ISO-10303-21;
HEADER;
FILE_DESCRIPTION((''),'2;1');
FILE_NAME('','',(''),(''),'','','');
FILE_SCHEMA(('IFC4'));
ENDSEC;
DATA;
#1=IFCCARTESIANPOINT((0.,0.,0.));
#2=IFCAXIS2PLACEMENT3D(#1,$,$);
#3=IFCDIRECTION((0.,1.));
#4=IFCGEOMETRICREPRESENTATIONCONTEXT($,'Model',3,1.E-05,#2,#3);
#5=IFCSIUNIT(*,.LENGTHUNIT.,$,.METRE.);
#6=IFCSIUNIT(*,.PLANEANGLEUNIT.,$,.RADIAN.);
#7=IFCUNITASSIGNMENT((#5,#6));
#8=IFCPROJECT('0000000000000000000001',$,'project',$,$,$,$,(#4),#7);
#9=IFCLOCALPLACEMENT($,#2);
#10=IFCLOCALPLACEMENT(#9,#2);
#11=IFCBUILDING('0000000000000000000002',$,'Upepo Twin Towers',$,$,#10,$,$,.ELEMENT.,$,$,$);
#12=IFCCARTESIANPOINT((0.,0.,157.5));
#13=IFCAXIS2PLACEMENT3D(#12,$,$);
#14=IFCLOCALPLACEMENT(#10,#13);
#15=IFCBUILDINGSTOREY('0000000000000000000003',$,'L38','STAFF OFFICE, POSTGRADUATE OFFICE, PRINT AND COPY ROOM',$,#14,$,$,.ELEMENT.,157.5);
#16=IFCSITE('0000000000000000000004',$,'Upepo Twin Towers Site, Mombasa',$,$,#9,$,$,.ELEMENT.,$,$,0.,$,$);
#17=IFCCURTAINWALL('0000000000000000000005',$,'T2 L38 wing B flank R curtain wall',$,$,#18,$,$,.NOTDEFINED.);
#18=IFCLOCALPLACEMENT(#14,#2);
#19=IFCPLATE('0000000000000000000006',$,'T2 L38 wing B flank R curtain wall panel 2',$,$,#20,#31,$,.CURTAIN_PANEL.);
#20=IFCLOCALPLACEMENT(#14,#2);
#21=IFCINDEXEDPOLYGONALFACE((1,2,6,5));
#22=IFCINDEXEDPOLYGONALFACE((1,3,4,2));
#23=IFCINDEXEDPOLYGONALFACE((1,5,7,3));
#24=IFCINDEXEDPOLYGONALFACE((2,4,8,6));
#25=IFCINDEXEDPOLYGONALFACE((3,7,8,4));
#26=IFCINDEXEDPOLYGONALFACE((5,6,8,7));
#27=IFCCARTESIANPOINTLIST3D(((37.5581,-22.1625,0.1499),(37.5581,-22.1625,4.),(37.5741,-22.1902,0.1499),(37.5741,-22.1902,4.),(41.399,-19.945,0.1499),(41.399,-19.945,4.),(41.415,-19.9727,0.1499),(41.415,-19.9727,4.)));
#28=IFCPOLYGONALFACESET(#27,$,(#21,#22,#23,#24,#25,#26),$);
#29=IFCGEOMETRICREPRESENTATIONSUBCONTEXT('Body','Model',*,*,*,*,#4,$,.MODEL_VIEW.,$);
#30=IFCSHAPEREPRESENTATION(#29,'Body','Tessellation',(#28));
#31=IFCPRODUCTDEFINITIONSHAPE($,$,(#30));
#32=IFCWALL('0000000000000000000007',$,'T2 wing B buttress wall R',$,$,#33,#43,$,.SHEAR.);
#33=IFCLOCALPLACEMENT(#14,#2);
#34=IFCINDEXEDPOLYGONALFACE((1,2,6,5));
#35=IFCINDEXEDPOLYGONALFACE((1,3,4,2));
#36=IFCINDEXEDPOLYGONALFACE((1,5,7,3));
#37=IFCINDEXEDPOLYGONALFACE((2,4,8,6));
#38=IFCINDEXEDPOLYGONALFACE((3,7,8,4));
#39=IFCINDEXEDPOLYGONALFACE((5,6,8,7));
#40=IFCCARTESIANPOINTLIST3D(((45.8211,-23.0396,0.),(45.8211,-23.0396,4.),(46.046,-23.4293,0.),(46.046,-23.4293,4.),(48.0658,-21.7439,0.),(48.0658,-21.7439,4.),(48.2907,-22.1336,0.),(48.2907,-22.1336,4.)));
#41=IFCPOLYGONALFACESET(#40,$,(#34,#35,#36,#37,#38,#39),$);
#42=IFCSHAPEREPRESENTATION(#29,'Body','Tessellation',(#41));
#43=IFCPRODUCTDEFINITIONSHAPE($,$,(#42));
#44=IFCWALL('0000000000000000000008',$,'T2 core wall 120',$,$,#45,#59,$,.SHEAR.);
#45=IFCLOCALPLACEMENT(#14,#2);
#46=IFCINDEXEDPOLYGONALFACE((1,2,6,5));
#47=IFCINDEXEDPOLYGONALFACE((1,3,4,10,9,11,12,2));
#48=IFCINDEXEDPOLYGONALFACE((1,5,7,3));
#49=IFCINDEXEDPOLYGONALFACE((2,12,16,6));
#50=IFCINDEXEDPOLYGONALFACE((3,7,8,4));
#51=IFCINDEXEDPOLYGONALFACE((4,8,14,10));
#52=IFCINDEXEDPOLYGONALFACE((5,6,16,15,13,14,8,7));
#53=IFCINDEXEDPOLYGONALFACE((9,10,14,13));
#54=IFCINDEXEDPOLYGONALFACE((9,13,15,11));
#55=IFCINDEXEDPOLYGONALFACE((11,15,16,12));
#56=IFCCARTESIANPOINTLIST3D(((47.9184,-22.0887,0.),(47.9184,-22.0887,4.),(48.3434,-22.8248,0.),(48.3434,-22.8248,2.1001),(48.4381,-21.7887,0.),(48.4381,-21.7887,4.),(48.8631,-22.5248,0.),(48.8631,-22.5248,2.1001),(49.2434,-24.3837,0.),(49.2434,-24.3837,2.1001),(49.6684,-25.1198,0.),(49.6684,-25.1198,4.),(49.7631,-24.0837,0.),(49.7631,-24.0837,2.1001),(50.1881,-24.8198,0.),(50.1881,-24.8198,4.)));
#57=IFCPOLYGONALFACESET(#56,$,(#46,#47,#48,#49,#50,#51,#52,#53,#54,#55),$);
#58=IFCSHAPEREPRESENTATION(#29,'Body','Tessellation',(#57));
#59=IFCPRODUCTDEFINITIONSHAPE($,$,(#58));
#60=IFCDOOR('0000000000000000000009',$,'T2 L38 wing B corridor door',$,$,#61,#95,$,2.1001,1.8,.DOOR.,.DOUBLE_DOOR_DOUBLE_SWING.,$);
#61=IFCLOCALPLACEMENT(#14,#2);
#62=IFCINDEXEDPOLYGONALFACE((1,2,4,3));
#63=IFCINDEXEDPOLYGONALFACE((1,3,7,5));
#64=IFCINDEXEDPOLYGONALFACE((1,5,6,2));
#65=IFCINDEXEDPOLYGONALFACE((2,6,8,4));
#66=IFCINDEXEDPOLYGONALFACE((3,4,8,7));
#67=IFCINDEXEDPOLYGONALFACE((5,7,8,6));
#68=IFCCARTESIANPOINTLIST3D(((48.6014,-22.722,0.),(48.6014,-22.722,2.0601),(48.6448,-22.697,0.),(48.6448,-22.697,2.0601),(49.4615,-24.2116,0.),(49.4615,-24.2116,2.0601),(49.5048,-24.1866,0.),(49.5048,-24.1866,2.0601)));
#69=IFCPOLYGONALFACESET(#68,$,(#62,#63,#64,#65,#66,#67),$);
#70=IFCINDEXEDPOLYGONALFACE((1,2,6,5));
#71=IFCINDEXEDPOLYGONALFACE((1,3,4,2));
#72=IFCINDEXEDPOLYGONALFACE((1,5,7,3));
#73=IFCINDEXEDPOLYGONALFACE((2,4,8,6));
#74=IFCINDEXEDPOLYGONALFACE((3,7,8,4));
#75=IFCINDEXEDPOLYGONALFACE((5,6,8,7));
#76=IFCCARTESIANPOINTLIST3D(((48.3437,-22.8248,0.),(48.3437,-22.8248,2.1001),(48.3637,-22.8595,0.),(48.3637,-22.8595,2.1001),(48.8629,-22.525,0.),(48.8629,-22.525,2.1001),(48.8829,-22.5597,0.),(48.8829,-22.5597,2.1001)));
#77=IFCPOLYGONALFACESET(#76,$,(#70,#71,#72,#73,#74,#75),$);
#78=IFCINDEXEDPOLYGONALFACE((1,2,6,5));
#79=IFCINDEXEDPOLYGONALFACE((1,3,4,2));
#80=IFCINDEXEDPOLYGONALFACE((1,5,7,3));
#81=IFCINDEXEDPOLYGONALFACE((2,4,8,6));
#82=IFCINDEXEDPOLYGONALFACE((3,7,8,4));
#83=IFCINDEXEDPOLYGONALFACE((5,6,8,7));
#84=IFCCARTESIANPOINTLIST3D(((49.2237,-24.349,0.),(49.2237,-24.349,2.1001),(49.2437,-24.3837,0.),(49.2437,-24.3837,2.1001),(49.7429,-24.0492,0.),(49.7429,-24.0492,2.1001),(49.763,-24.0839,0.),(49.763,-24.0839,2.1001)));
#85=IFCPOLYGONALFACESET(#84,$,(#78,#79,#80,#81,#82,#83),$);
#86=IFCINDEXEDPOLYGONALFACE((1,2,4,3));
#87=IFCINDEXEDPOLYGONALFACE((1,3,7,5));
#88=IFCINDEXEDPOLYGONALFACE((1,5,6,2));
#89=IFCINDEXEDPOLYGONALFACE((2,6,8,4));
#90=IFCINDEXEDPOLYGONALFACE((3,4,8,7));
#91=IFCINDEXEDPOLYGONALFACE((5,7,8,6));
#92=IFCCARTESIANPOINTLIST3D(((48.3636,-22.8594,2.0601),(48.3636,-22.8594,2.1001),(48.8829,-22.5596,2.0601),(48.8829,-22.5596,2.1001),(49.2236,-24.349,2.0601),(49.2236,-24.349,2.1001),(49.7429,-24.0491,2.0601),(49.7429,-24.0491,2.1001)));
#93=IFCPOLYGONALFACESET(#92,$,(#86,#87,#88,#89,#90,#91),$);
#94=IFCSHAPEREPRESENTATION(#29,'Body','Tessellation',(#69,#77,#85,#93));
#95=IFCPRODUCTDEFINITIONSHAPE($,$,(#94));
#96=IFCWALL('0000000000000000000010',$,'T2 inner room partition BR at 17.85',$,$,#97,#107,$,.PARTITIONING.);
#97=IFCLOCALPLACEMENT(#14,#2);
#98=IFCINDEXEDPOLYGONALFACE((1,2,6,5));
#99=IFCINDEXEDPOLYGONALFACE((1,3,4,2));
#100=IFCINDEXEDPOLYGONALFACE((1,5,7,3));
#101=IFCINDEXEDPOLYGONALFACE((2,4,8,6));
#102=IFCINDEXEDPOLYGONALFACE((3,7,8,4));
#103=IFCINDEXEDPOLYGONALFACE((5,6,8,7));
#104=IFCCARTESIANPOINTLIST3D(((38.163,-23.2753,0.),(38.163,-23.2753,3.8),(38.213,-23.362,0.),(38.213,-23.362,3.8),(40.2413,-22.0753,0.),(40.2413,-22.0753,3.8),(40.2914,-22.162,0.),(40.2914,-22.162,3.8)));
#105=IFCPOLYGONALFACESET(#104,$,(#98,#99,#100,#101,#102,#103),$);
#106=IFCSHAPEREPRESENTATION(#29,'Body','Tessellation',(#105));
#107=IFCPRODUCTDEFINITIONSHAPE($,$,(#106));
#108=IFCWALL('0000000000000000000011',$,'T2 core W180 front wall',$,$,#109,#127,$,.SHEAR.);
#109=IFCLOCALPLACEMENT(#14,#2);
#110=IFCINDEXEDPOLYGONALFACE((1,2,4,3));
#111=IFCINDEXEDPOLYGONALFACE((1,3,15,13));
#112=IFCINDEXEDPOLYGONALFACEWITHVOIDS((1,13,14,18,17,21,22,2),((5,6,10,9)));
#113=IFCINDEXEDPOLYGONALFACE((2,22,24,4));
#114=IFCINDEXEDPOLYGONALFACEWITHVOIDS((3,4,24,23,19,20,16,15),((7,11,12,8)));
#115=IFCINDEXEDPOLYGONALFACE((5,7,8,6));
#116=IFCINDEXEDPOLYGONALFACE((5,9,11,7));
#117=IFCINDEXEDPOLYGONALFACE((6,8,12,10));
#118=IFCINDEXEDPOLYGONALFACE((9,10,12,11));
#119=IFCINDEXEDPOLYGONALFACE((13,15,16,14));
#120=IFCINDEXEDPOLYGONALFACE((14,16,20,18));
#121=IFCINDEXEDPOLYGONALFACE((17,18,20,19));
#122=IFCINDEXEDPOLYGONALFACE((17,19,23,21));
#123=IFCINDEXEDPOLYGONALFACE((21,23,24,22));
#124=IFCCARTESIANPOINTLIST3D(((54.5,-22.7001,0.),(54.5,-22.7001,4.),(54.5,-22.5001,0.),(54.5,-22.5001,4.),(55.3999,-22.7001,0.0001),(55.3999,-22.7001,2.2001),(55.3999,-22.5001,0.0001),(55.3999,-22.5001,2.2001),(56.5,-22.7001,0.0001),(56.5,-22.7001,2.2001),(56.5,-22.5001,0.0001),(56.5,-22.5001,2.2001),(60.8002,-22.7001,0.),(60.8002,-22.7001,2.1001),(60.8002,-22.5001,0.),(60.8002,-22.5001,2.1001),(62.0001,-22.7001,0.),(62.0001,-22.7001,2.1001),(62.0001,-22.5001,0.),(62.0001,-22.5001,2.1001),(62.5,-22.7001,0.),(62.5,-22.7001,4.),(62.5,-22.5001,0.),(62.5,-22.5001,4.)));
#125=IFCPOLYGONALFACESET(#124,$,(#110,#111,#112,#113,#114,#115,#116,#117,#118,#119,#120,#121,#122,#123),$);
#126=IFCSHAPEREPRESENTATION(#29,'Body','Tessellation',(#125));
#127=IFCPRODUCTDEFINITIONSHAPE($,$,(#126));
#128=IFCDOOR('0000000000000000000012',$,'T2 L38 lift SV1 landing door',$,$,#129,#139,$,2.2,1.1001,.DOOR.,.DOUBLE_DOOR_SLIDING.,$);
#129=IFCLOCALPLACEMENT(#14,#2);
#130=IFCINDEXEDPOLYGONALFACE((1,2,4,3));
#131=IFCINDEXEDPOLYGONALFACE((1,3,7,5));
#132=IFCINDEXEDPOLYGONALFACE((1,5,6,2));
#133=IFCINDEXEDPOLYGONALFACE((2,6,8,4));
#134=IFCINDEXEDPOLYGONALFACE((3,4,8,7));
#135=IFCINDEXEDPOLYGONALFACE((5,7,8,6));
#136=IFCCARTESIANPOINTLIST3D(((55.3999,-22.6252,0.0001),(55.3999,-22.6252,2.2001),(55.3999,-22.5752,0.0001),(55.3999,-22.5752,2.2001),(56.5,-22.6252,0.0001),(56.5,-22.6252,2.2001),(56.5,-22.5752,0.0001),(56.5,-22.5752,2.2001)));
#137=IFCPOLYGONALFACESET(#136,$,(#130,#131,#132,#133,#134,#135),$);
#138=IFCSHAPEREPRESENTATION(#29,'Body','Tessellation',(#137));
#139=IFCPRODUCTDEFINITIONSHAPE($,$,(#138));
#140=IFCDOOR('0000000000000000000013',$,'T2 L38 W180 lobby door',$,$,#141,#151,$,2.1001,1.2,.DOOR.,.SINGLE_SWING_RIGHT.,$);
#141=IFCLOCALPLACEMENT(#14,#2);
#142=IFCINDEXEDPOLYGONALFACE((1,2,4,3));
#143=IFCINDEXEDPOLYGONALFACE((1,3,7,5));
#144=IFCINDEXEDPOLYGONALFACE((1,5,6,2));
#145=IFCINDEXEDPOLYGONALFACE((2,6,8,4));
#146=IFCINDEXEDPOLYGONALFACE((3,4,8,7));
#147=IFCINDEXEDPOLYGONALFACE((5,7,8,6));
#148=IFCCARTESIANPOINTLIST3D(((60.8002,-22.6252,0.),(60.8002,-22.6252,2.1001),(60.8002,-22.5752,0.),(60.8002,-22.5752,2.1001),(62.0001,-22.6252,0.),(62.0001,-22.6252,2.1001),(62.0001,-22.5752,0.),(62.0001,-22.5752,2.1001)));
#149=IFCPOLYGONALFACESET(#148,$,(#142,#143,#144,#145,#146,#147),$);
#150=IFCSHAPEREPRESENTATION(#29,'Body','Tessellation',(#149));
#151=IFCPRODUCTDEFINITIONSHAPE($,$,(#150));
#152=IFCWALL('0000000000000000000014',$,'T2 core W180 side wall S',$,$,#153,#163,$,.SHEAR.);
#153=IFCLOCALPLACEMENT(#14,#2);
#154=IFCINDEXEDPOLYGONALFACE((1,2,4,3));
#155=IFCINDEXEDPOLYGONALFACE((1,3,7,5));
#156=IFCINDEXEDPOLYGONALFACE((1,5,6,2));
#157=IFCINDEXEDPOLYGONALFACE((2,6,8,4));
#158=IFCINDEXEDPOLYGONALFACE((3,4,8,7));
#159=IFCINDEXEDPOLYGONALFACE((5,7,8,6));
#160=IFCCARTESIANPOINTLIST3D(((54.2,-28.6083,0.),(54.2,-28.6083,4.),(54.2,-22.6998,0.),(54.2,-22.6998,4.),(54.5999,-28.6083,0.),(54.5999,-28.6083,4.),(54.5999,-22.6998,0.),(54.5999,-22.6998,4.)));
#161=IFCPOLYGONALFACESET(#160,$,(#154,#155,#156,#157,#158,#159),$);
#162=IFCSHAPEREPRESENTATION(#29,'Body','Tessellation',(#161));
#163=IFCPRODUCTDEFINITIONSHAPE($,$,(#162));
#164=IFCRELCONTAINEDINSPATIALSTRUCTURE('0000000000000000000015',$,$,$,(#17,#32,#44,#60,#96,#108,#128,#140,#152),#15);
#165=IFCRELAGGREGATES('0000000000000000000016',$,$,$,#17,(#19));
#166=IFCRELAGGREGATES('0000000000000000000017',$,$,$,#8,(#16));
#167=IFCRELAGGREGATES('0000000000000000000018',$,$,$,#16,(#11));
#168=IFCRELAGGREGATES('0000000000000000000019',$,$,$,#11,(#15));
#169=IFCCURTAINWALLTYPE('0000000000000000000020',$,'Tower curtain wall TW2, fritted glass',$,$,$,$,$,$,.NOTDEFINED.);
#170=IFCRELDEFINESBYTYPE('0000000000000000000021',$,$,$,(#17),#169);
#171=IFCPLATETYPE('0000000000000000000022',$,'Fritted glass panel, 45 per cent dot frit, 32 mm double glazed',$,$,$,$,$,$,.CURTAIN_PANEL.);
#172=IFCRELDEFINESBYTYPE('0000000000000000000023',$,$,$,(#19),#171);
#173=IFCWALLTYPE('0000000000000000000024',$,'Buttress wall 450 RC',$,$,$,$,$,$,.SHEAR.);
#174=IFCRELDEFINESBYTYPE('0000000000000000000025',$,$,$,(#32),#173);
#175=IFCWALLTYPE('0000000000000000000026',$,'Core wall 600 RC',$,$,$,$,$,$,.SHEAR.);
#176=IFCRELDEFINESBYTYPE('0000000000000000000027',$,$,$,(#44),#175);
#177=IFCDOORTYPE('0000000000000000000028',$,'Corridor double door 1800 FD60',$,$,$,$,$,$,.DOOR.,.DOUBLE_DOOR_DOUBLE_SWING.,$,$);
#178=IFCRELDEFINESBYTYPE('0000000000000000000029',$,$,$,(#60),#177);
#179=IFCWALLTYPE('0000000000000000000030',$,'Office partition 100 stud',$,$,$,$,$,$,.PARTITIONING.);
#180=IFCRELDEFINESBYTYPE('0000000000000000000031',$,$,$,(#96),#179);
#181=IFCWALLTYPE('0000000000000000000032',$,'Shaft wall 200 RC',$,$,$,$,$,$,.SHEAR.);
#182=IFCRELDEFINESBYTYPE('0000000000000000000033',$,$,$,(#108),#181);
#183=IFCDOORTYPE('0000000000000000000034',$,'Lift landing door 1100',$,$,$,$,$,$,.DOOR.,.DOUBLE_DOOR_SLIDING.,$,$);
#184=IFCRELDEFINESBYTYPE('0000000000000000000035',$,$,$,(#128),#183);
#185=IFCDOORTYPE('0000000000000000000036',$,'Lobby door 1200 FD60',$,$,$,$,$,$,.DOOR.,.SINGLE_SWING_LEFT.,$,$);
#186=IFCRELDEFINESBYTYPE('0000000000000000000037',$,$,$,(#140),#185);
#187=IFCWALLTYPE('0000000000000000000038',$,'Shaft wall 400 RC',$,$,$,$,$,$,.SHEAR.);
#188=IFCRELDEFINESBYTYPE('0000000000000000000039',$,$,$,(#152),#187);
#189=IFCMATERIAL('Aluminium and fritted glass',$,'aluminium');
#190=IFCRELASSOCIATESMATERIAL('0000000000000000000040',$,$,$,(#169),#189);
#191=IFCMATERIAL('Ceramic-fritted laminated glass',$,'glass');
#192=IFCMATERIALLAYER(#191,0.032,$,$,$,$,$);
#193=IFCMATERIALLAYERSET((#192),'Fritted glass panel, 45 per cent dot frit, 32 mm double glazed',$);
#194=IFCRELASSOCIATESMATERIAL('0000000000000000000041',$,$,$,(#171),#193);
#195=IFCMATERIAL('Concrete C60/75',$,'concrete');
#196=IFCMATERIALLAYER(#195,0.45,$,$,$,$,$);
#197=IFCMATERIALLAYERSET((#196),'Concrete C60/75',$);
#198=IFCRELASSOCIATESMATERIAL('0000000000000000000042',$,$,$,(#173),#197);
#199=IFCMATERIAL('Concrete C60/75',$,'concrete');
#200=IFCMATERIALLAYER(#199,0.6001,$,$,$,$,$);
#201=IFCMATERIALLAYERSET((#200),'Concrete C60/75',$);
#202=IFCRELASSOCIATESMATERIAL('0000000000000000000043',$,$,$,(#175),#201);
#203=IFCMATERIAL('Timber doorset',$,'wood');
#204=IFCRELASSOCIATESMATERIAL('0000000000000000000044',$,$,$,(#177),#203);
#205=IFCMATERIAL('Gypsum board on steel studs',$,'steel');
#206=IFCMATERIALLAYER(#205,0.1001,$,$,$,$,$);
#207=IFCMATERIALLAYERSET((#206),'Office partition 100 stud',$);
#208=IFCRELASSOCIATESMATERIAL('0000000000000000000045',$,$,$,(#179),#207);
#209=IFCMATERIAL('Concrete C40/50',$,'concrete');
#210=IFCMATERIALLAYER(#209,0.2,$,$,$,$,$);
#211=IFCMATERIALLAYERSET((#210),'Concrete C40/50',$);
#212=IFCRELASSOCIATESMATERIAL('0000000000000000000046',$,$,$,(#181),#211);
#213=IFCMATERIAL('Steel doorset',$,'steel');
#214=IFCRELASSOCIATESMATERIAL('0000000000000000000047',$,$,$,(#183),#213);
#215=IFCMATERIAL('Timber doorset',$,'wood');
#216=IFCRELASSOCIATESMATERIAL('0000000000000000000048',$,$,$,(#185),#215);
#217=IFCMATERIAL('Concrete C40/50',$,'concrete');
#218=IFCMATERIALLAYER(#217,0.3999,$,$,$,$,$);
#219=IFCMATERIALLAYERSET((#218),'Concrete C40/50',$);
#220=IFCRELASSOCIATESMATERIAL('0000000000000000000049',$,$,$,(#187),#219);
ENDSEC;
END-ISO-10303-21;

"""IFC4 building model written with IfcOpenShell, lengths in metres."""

from ifc_helpers import new_model, si_unit, direction, frame, frame_2d, origin, origin_2d, place, context, subcontext, project, spatial, rectangle, extrude, material, layer, layer_set, type_object, element, fill, aggregate, save


model = new_model("IFC4")

# Units and contexts
model_context = context("Model", 3, precision=1e-05, world=origin(), true_north=direction((0.0, 1.0)))
body_context = subcontext(model_context, "Body", "Model", "MODEL_VIEW")
ifc_project = project(units=[si_unit("LENGTHUNIT", "METRE"), si_unit("PLANEANGLEUNIT", "RADIAN")], contexts=[model_context])

# Site, building, storey
site_placement = place(None, origin())
site = spatial("IfcSite", under=ifc_project, at=site_placement, Name="Upepo Twin Towers Site, Mombasa", CompositionType="ELEMENT", RefElevation=0.0)
building_placement = place(site_placement, origin())
building = spatial("IfcBuilding", under=site, at=building_placement, Name="Upepo Twin Towers", CompositionType="ELEMENT")
storey_placement = place(building_placement, frame((0.0, 0.0, 157.5)))
storey = spatial("IfcBuildingStorey", under=building, at=storey_placement, Name="L38", Description="STAFF OFFICE, POSTGRADUATE OFFICE, PRINT AND COPY ROOM", CompositionType="ELEMENT", Elevation=157.5)

# Curtain wall, plate
ifc_material_1 = material(Name="Aluminium and fritted glass", Category="aluminium")
curtain_wall_type = type_object("IfcCurtainWallType", Name="Tower curtain wall TW2, fritted glass", PredefinedType="NOTDEFINED", material=ifc_material_1)
curtain_wall_placement = place(storey_placement, origin())
curtain_wall = element("IfcCurtainWall", 1, at=curtain_wall_placement, inside=storey, type_object=curtain_wall_type, Name="T2 L38 wing B flank R curtain wall", PredefinedType="NOTDEFINED")
ifc_material_2 = material(Name="Ceramic-fritted laminated glass", Category="glass")
ifc_layer_1 = layer(ifc_material_2, 0.032)
ifc_layer_set_1 = layer_set([ifc_layer_1], Name="Fritted glass panel, 45 per cent dot frit, 32 mm double glazed")
plate_type = type_object("IfcPlateType", Name="Fritted glass panel, 45 per cent dot frit, 32 mm double glazed", PredefinedType="CURTAIN_PANEL", material=ifc_layer_set_1)
plate_placement = place(storey_placement, frame((39.4866, -21.0676, 0.1499), z_axis=(0.0, 0.0, 1.0), x_axis=(0.866025, 0.5, 0.0)))
plate = element("IfcPlate", 2, at=plate_placement, type_object=plate_type, Name="T2 L38 wing B flank R curtain wall panel 2", PredefinedType="CURTAIN_PANEL", context=body_context, shape_type="SweptSolid", body=[
    extrude(rectangle(XDim=4.4351, YDim=0.032, at=origin_2d()), origin(), (0.0, 0.0, 1.0), 3.8501),
])
aggregate(curtain_wall, [plate])

# Wall
ifc_material_3 = material(Name="Concrete C60/75", Category="concrete")
ifc_layer_2 = layer(ifc_material_3, 0.45)
ifc_layer_set_2 = layer_set([ifc_layer_2], Name="Concrete C60/75")
wall_type_1 = type_object("IfcWallType", Name="Buttress wall 450 RC", PredefinedType="SHEAR", material=ifc_layer_set_2)
wall_1_placement = place(storey_placement, frame((48.1782, -21.9387, 0.0), z_axis=(0.0, 0.0, 1.0), x_axis=(-0.866073, -0.499918, 0.0)))
element("IfcWall", 3, at=wall_1_placement, inside=storey, type_object=wall_type_1, Name="T2 wing B buttress wall R", PredefinedType="SHEAR", context=body_context, shape_type="SweptSolid", body=[
    extrude(rectangle(XDim=2.5918, YDim=0.45, at=frame_2d((1.2959, 0.0))), origin(), (0.0, 0.0, 1.0), 4.0),
])

# Wall, opening, door
ifc_material_4 = material(Name="Concrete C60/75", Category="concrete")
ifc_layer_3 = layer(ifc_material_4, 0.6001)
ifc_layer_set_3 = layer_set([ifc_layer_3], Name="Concrete C60/75")
wall_type_2 = type_object("IfcWallType", Name="Core wall 600 RC", PredefinedType="SHEAR", material=ifc_layer_set_3)
wall_2_placement = place(storey_placement, frame((48.1782, -21.9387, 0.0), z_axis=(0.0, 0.0, 1.0), x_axis=(0.50001, -0.866019, 0.0)))
wall_2 = element("IfcWall", 4, at=wall_2_placement, inside=storey, type_object=wall_type_2, Name="T2 core wall 120", PredefinedType="SHEAR", context=body_context, shape_type="SweptSolid", body=[
    extrude(rectangle(XDim=3.5, YDim=0.6001, at=frame_2d((1.75, 0.0))), origin(), (0.0, 0.0, 1.0), 4.0),
])
opening_1_placement = place(wall_2_placement, frame((0.8501, 0.0, 0.0)))
opening_1 = element("IfcOpeningElement", 5, at=opening_1_placement, cuts=wall_2, PredefinedType="OPENING", context=body_context, shape_type="SweptSolid", body=[
    extrude(rectangle(XDim=1.8, YDim=2.1001, at=frame_2d((0.8999, 1.05))), frame((0.0, 0.3101, 0.0), z_axis=(0.0, -1.0, 0.0), x_axis=(1.0, 0.0, 0.0)), (0.0, 0.0, 1.0), 0.6201),
])
ifc_material_5 = material(Name="Timber doorset", Category="wood")
door_type_1 = type_object("IfcDoorType", Name="Corridor double door 1800 FD60", OperationType="DOUBLE_DOOR_DOUBLE_SWING", PredefinedType="DOOR", material=ifc_material_5)
door_1_placement = place(opening_1_placement, origin())
door_1 = element("IfcDoor", 6, at=door_1_placement, inside=storey, type_object=door_type_1, Name="T2 L38 wing B corridor door", OperationType="DOUBLE_DOOR_DOUBLE_SWING", OverallHeight=2.1001, OverallWidth=1.8, PredefinedType="DOOR", context=body_context, shape_type="SweptSolid", body=[
    extrude(rectangle(XDim=1.72, YDim=2.0601, at=frame_2d((0.8999, 1.03))), frame((0.0, 0.0249, 0.0), z_axis=(0.0, -1.0, 0.0), x_axis=(1.0, 0.0, 0.0)), (0.0, 0.0, 1.0), 0.05),
    extrude(rectangle(XDim=0.04, YDim=2.1001, at=frame_2d((0.02, 1.05))), frame((0.0, 0.2998, 0.0), z_axis=(0.0, -1.0, 0.0), x_axis=(1.0, 0.0, 0.0)), (0.0, 0.0, 1.0), 0.5996),
    extrude(rectangle(XDim=0.04, YDim=2.1001, at=frame_2d((1.78, 1.05))), frame((0.0, 0.2998, 0.0), z_axis=(0.0, -1.0, 0.0), x_axis=(1.0, 0.0, 0.0)), (0.0, 0.0, 1.0), 0.5996),
    extrude(rectangle(XDim=1.72, YDim=0.04, at=frame_2d((0.8999, 2.0801))), frame((0.0, 0.2998, 0.0), z_axis=(0.0, -1.0, 0.0), x_axis=(1.0, 0.0, 0.0)), (0.0, 0.0, 1.0), 0.5996),
])
fill(opening_1, door_1)

# Wall
ifc_material_6 = material(Name="Gypsum board on steel studs", Category="steel")
ifc_layer_4 = layer(ifc_material_6, 0.1001)
ifc_layer_set_4 = layer_set([ifc_layer_4], Name="Office partition 100 stud")
wall_type_3 = type_object("IfcWallType", Name="Office partition 100 stud", PredefinedType="PARTITIONING", material=ifc_layer_set_4)
wall_3_placement = place(storey_placement, frame((40.2664, -22.1187, 0.0), z_axis=(0.0, 0.0, 1.0), x_axis=(-0.866025, -0.500001, 0.0)))
element("IfcWall", 7, at=wall_3_placement, inside=storey, type_object=wall_type_3, Name="T2 inner room partition BR at 17.85", PredefinedType="PARTITIONING", context=body_context, shape_type="SweptSolid", body=[
    extrude(rectangle(XDim=2.3999, YDim=0.1001, at=frame_2d((1.2, 0.0))), origin(), (0.0, 0.0, 1.0), 3.8),
])

# Wall, openings, doors
ifc_material_7 = material(Name="Concrete C40/50", Category="concrete")
ifc_layer_5 = layer(ifc_material_7, 0.2)
ifc_layer_set_5 = layer_set([ifc_layer_5], Name="Concrete C40/50")
wall_type_4 = type_object("IfcWallType", Name="Shaft wall 200 RC", PredefinedType="SHEAR", material=ifc_layer_set_5)
wall_4_placement = place(storey_placement, frame((54.5, -22.6001, 0.0), z_axis=(0.0, 0.0, 1.0), x_axis=(1.0, 0.0, 0.0)))
wall_4 = element("IfcWall", 8, at=wall_4_placement, inside=storey, type_object=wall_type_4, Name="T2 core W180 front wall", PredefinedType="SHEAR", context=body_context, shape_type="SweptSolid", body=[
    extrude(rectangle(XDim=8.0, YDim=0.2, at=frame_2d((4.0, 0.0))), origin(), (0.0, 0.0, 1.0), 4.0),
])
opening_2_placement = place(wall_4_placement, frame((6.3, 0.0, 0.0)))
opening_2 = element("IfcOpeningElement", 9, at=opening_2_placement, cuts=wall_4, PredefinedType="OPENING", context=body_context, shape_type="SweptSolid", body=[
    extrude(rectangle(XDim=1.2, YDim=2.1001, at=frame_2d((0.6001, 1.05))), frame((0.0, 0.1099, 0.0), z_axis=(0.0, -1.0, 0.0), x_axis=(1.0, 0.0, 0.0)), (0.0, 0.0, 1.0), 0.22),
])
opening_3_placement = place(wall_4_placement, frame((0.8999, 0.0, 0.0)))
opening_3 = element("IfcOpeningElement", 10, at=opening_3_placement, cuts=wall_4, PredefinedType="OPENING", context=body_context, shape_type="SweptSolid", body=[
    extrude(rectangle(XDim=1.1001, YDim=2.2, at=frame_2d((0.55, 1.1001))), frame((0.0, 0.1099, 0.0), z_axis=(0.0, -1.0, 0.0), x_axis=(1.0, 0.0, 0.0)), (0.0, 0.0, 1.0), 0.22),
])
ifc_material_8 = material(Name="Steel doorset", Category="steel")
door_type_2 = type_object("IfcDoorType", Name="Lift landing door 1100", OperationType="DOUBLE_DOOR_SLIDING", PredefinedType="DOOR", material=ifc_material_8)
door_2_placement = place(opening_3_placement, origin())
door_2 = element("IfcDoor", 11, at=door_2_placement, inside=storey, type_object=door_type_2, Name="T2 L38 lift SV1 landing door", OperationType="DOUBLE_DOOR_SLIDING", OverallHeight=2.2, OverallWidth=1.1001, PredefinedType="DOOR", context=body_context, shape_type="SweptSolid", body=[
    extrude(rectangle(XDim=1.1001, YDim=2.2, at=frame_2d((0.55, 1.1001))), frame((0.0, 0.0249, 0.0), z_axis=(0.0, -1.0, 0.0), x_axis=(1.0, 0.0, 0.0)), (0.0, 0.0, 1.0), 0.05),
])
fill(opening_3, door_2)
ifc_material_9 = material(Name="Timber doorset", Category="wood")
door_type_3 = type_object("IfcDoorType", Name="Lobby door 1200 FD60", OperationType="SINGLE_SWING_LEFT", PredefinedType="DOOR", material=ifc_material_9)
door_3_placement = place(opening_2_placement, origin())
door_3 = element("IfcDoor", 12, at=door_3_placement, inside=storey, type_object=door_type_3, Name="T2 L38 W180 lobby door", OperationType="SINGLE_SWING_RIGHT", OverallHeight=2.1001, OverallWidth=1.2, PredefinedType="DOOR", context=body_context, shape_type="SweptSolid", body=[
    extrude(rectangle(XDim=1.2, YDim=2.1001, at=frame_2d((0.6001, 1.05))), frame((0.0, 0.0249, 0.0), z_axis=(0.0, -1.0, 0.0), x_axis=(1.0, 0.0, 0.0)), (0.0, 0.0, 1.0), 0.05),
])
fill(opening_2, door_3)

# Wall
ifc_material_10 = material(Name="Concrete C40/50", Category="concrete")
ifc_layer_6 = layer(ifc_material_10, 0.3999)
ifc_layer_set_6 = layer_set([ifc_layer_6], Name="Concrete C40/50")
wall_type_5 = type_object("IfcWallType", Name="Shaft wall 400 RC", PredefinedType="SHEAR", material=ifc_layer_set_6)
wall_5_placement = place(storey_placement, frame((54.3999, -22.7, 0.0), z_axis=(0.0, 0.0, 1.0), x_axis=(0.0, -1.0, 0.0)))
element("IfcWall", 13, at=wall_5_placement, inside=storey, type_object=wall_type_5, Name="T2 core W180 side wall S", PredefinedType="SHEAR", context=body_context, shape_type="SweptSolid", body=[
    extrude(rectangle(XDim=5.9084, YDim=0.3999, at=frame_2d((2.9541, 0.0))), origin(), (0.0, 0.0, 1.0), 4.0),
])

save(model, "model.ifc")
